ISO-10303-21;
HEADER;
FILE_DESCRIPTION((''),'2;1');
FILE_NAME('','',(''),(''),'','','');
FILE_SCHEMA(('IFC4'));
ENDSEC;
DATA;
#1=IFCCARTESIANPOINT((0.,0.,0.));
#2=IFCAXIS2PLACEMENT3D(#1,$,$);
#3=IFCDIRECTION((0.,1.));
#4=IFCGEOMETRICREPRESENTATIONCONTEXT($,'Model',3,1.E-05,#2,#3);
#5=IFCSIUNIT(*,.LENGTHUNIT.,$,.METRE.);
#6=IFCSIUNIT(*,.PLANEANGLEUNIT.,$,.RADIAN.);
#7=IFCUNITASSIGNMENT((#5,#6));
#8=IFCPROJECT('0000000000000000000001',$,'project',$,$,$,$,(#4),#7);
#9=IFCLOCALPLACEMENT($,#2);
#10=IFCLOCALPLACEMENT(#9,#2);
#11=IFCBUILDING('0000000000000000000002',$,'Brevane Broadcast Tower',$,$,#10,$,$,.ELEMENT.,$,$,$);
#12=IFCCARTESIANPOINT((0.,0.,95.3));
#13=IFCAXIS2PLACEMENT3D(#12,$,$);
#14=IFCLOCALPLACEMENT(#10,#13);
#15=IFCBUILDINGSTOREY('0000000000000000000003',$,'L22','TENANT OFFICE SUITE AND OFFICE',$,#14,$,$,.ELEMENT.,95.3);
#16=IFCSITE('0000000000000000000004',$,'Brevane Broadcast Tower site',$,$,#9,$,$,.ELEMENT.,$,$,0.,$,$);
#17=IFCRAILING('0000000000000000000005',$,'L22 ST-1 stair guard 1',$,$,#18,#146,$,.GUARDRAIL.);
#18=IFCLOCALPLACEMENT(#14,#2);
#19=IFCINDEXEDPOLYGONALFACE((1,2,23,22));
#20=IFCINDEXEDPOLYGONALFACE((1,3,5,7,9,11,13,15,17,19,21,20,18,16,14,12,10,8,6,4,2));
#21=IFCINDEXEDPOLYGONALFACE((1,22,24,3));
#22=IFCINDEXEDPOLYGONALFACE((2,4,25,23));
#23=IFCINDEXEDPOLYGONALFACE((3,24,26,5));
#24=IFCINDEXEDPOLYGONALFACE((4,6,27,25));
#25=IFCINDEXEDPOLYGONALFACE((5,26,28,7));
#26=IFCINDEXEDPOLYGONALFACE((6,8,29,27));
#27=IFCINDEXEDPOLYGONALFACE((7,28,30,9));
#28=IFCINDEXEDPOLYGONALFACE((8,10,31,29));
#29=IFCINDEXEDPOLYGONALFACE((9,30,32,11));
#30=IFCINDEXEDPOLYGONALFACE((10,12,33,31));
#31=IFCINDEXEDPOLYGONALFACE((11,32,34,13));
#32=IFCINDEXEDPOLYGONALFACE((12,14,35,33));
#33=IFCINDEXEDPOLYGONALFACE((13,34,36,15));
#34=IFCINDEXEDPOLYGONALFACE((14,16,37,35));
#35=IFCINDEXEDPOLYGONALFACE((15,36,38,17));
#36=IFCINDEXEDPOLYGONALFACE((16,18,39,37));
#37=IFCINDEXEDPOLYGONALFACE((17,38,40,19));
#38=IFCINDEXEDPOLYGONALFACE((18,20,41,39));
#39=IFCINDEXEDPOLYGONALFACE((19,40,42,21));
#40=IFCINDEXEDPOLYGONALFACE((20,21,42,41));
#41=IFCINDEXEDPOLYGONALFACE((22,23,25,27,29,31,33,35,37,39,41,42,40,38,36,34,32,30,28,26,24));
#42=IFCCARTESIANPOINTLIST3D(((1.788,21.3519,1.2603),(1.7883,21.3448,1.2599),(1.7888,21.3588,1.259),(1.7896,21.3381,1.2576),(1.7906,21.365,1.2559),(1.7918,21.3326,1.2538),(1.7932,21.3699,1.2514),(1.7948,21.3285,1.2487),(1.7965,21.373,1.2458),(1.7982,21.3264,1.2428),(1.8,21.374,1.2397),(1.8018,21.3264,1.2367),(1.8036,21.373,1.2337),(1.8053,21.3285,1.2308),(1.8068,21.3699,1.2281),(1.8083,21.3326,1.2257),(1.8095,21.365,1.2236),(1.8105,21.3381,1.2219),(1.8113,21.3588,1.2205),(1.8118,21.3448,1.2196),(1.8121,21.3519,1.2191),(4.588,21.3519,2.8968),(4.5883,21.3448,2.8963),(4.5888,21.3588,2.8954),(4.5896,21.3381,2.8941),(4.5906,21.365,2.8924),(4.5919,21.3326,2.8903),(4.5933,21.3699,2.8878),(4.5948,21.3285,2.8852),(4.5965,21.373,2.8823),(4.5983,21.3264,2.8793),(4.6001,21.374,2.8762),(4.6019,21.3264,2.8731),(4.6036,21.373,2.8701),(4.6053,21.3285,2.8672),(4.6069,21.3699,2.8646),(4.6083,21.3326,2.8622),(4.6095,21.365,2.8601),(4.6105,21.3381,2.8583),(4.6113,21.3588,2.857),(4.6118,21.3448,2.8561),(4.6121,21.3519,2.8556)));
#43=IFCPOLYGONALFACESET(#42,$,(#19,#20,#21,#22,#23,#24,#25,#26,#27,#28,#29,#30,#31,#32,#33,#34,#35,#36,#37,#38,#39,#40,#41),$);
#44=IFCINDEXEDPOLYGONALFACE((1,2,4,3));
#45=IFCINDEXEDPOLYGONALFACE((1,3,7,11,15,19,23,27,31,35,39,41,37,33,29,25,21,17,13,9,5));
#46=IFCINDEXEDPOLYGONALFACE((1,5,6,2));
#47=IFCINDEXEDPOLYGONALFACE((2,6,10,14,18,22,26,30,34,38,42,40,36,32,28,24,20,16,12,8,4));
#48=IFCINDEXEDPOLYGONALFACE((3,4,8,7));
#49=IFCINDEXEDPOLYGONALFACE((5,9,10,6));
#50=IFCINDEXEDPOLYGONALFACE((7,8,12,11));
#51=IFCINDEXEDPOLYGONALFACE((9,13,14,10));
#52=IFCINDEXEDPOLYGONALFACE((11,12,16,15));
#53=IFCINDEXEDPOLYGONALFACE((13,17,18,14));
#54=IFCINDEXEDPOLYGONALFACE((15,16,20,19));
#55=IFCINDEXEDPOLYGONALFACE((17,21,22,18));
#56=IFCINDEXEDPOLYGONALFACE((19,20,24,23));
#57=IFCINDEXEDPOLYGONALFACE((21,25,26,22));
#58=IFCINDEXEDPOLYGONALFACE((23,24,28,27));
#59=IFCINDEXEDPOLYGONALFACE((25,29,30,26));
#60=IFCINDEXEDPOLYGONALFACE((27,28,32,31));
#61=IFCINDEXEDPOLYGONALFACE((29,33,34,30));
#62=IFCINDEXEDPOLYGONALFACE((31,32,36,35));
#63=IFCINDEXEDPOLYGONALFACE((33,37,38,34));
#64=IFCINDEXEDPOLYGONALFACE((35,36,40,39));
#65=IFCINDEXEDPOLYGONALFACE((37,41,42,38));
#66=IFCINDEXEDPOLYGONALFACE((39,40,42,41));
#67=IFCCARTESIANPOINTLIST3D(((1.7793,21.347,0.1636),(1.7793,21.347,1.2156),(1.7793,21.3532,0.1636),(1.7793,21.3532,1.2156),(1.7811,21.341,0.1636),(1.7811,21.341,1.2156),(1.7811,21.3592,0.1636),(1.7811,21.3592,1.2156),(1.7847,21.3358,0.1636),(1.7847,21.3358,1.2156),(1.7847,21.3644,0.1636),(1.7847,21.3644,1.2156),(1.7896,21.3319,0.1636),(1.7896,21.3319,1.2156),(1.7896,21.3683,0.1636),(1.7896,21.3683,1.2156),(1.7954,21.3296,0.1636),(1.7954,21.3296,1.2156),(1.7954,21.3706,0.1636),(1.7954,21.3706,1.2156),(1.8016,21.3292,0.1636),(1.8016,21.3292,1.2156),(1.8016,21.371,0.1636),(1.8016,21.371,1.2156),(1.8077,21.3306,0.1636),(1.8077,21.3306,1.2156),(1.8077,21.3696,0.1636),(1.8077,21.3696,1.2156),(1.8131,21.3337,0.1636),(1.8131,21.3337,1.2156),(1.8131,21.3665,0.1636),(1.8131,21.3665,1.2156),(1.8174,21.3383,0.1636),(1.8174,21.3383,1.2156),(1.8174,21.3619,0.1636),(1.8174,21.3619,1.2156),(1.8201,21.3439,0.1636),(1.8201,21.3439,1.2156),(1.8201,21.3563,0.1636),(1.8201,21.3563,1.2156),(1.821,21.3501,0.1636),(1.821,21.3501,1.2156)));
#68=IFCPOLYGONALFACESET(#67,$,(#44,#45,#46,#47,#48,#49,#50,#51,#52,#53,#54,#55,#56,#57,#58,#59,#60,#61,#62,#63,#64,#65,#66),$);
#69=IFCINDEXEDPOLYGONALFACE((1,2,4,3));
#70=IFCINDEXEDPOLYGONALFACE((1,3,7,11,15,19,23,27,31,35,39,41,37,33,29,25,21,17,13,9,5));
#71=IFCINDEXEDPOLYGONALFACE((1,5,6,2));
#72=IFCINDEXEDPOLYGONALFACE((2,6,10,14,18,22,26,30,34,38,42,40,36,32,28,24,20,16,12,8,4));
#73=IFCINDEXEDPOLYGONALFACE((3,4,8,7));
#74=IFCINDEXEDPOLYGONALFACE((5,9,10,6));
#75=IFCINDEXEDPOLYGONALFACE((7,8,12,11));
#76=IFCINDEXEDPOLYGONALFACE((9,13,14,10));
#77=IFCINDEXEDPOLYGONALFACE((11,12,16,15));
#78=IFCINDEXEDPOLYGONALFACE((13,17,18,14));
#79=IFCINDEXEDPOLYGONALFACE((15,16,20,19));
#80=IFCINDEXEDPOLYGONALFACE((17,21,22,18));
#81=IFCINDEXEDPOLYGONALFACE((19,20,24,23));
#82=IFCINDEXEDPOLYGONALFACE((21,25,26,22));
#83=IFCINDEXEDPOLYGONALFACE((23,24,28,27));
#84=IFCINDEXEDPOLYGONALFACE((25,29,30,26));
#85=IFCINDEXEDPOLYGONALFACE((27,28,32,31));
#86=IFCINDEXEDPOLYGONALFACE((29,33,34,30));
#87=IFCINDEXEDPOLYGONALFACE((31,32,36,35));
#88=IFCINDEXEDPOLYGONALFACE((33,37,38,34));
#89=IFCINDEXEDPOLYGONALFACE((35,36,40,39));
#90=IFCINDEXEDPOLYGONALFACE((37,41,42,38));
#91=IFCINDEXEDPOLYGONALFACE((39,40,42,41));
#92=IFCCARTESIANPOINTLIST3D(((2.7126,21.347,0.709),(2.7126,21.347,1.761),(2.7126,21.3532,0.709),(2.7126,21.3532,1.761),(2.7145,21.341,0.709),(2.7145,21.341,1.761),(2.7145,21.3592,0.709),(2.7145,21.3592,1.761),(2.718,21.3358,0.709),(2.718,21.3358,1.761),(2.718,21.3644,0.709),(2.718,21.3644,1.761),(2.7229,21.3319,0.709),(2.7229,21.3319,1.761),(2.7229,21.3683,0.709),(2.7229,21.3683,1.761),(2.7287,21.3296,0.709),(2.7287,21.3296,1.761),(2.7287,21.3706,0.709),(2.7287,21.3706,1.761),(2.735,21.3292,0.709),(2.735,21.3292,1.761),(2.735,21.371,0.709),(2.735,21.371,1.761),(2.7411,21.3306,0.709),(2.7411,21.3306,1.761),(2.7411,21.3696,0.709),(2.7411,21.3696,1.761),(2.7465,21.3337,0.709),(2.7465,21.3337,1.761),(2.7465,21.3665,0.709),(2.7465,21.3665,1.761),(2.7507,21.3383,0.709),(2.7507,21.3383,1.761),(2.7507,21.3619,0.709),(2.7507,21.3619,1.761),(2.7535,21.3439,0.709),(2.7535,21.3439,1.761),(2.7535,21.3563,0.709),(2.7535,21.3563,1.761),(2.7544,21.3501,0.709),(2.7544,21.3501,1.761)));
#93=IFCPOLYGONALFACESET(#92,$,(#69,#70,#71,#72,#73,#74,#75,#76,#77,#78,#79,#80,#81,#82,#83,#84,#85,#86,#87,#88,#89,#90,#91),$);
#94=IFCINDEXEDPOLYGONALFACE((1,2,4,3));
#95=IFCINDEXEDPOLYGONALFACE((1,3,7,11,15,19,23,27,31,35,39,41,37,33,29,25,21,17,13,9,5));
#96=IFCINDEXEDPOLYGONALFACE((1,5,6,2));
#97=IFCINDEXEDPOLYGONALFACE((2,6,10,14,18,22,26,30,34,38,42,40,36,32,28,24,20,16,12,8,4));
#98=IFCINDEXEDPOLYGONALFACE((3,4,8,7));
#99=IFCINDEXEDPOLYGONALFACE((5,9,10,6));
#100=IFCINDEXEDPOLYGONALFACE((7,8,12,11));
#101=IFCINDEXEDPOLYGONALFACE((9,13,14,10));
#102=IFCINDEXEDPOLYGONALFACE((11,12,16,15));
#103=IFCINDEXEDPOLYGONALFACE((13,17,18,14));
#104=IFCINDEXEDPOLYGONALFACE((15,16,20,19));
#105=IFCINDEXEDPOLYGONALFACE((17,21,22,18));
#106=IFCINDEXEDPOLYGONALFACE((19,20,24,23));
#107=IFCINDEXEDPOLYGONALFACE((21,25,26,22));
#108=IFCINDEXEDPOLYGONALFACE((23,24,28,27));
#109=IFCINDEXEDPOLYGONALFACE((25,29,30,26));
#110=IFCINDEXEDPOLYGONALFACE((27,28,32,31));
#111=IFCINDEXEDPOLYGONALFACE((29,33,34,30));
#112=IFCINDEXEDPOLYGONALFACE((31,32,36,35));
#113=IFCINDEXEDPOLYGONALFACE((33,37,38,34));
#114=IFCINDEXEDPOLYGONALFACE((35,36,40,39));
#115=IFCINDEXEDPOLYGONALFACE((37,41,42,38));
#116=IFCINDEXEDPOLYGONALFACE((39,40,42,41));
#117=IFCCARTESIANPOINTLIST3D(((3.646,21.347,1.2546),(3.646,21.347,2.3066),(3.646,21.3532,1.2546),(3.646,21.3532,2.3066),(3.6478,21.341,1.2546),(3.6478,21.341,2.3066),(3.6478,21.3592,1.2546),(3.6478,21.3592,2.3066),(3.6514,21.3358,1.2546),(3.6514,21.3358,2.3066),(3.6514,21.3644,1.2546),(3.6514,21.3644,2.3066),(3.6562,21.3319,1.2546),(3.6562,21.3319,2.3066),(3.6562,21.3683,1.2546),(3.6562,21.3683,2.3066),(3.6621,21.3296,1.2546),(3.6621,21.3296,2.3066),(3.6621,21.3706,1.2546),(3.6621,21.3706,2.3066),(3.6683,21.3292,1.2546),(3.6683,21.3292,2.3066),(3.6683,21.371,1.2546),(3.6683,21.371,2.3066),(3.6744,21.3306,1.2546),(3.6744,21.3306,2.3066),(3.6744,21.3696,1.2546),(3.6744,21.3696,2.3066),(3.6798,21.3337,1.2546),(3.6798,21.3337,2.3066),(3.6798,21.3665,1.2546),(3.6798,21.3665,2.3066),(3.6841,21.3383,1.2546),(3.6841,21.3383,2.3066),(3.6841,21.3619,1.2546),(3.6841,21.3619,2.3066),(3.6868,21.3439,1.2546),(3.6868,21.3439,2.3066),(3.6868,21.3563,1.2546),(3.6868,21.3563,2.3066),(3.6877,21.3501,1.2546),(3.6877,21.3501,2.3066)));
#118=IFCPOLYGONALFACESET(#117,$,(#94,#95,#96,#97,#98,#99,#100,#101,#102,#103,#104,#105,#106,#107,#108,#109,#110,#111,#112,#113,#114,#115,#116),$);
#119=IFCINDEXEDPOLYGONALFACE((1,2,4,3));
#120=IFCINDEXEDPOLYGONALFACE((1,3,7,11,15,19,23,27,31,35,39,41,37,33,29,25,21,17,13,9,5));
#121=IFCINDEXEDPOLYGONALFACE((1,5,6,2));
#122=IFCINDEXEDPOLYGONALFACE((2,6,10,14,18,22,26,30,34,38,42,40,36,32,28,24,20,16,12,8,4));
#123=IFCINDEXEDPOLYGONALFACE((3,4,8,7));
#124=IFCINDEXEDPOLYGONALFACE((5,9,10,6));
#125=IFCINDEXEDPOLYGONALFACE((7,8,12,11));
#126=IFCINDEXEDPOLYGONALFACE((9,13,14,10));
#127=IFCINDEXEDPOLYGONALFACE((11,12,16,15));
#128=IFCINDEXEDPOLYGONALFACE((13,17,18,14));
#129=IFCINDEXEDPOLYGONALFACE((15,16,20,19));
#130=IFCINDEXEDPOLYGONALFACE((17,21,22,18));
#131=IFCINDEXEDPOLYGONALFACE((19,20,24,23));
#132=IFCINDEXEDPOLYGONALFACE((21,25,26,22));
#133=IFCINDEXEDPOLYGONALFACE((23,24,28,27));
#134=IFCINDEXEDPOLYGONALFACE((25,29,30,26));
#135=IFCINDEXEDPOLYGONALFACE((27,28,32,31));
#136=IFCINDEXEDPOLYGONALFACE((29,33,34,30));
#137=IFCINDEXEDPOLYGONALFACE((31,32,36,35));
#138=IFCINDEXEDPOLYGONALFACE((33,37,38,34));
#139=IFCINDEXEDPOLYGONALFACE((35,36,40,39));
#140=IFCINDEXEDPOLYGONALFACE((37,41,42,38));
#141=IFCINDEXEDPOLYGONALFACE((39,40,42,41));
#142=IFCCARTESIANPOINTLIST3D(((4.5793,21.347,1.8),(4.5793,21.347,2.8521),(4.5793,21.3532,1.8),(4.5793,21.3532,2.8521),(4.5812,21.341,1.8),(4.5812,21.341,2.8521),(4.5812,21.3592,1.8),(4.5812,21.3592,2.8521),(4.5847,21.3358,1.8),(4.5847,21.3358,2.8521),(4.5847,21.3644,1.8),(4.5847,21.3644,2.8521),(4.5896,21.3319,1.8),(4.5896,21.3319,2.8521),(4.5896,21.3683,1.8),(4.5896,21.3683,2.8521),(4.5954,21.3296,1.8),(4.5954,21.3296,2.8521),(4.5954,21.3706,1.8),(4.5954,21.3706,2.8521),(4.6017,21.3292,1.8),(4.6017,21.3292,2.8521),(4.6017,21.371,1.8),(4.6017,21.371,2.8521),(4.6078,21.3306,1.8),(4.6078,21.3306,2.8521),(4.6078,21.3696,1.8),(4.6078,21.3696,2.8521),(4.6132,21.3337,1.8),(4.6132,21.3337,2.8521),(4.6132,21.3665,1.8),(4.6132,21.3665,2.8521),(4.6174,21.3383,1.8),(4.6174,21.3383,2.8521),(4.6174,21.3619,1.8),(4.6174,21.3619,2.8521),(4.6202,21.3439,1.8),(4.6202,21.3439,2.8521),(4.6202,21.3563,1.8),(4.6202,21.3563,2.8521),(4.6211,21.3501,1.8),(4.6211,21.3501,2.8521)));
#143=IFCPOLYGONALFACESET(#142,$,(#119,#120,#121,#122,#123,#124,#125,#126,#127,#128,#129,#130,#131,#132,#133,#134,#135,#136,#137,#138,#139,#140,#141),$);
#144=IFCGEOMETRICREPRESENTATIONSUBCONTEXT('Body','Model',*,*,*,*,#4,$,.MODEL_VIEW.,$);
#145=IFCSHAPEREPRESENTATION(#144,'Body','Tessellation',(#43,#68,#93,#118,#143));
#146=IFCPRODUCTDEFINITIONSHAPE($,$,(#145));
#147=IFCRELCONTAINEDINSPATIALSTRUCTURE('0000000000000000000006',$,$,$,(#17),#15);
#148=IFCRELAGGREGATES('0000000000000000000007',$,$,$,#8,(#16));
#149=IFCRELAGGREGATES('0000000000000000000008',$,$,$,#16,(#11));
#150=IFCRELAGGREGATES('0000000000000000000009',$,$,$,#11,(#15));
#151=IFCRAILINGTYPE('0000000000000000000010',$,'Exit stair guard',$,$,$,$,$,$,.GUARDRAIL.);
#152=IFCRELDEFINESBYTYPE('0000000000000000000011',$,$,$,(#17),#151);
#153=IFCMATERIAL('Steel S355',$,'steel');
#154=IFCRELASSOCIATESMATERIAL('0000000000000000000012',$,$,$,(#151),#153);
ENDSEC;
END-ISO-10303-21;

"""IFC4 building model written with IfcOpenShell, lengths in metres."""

from ifc_helpers import new_model, si_unit, direction, frame, origin, origin_2d, place, context, subcontext, project, spatial, circle, extrude, material, type_object, element, save


model = new_model("IFC4")

# Units and contexts
model_context = context("Model", 3, precision=1e-05, world=origin(), true_north=direction((0.0, 1.0)))
body_context = subcontext(model_context, "Body", "Model", "MODEL_VIEW")
ifc_project = project(units=[si_unit("LENGTHUNIT", "METRE"), si_unit("PLANEANGLEUNIT", "RADIAN")], contexts=[model_context])

# Site, building, storey
site_placement = place(None, origin())
site = spatial("IfcSite", under=ifc_project, at=site_placement, Name="Brevane Broadcast Tower site", CompositionType="ELEMENT", RefElevation=0.0)
building_placement = place(site_placement, origin())
building = spatial("IfcBuilding", under=site, at=building_placement, Name="Brevane Broadcast Tower", CompositionType="ELEMENT")
storey_placement = place(building_placement, frame((0.0, 0.0, 95.3)))
storey = spatial("IfcBuildingStorey", under=building, at=storey_placement, Name="L22", Description="TENANT OFFICE SUITE AND OFFICE", CompositionType="ELEMENT", Elevation=95.3)

# Railing
ifc_material_1 = material(Name="Steel S355", Category="steel")
railing_type_1 = type_object("IfcRailingType", Name="Exit stair guard", PredefinedType="GUARDRAIL", material=ifc_material_1)
railing_1_placement = place(storey_placement, frame((1.8, 21.3501, 0.1636)))
element("IfcRailing", 1, at=railing_1_placement, inside=storey, type_object=railing_type_1, Name="L22 ST-1 stair guard 1", PredefinedType="GUARDRAIL", context=body_context, shape_type="SweptSolid", body=[
    extrude(circle(Radius=0.0239, at=origin_2d()), frame((0.0, 0.0, 1.0762), z_axis=(0.863361, 0.0, 0.504587), x_axis=(0.0, 1.0, 0.0)), (0.0, 0.0, 1.0), 3.2432),
    extrude(circle(Radius=0.021, at=origin_2d()), origin(), (0.0, 0.0, 1.0), 1.052),
    extrude(circle(Radius=0.021, at=origin_2d()), frame((0.9333, 0.0, 0.5454)), (0.0, 0.0, 1.0), 1.052),
    extrude(circle(Radius=0.021, at=origin_2d()), frame((1.8667, 0.0, 1.0911)), (0.0, 0.0, 1.0), 1.052),
    extrude(circle(Radius=0.021, at=origin_2d()), frame((2.8, 0.0, 1.6365)), (0.0, 0.0, 1.0), 1.052),
])

save(model, "model.ifc")
